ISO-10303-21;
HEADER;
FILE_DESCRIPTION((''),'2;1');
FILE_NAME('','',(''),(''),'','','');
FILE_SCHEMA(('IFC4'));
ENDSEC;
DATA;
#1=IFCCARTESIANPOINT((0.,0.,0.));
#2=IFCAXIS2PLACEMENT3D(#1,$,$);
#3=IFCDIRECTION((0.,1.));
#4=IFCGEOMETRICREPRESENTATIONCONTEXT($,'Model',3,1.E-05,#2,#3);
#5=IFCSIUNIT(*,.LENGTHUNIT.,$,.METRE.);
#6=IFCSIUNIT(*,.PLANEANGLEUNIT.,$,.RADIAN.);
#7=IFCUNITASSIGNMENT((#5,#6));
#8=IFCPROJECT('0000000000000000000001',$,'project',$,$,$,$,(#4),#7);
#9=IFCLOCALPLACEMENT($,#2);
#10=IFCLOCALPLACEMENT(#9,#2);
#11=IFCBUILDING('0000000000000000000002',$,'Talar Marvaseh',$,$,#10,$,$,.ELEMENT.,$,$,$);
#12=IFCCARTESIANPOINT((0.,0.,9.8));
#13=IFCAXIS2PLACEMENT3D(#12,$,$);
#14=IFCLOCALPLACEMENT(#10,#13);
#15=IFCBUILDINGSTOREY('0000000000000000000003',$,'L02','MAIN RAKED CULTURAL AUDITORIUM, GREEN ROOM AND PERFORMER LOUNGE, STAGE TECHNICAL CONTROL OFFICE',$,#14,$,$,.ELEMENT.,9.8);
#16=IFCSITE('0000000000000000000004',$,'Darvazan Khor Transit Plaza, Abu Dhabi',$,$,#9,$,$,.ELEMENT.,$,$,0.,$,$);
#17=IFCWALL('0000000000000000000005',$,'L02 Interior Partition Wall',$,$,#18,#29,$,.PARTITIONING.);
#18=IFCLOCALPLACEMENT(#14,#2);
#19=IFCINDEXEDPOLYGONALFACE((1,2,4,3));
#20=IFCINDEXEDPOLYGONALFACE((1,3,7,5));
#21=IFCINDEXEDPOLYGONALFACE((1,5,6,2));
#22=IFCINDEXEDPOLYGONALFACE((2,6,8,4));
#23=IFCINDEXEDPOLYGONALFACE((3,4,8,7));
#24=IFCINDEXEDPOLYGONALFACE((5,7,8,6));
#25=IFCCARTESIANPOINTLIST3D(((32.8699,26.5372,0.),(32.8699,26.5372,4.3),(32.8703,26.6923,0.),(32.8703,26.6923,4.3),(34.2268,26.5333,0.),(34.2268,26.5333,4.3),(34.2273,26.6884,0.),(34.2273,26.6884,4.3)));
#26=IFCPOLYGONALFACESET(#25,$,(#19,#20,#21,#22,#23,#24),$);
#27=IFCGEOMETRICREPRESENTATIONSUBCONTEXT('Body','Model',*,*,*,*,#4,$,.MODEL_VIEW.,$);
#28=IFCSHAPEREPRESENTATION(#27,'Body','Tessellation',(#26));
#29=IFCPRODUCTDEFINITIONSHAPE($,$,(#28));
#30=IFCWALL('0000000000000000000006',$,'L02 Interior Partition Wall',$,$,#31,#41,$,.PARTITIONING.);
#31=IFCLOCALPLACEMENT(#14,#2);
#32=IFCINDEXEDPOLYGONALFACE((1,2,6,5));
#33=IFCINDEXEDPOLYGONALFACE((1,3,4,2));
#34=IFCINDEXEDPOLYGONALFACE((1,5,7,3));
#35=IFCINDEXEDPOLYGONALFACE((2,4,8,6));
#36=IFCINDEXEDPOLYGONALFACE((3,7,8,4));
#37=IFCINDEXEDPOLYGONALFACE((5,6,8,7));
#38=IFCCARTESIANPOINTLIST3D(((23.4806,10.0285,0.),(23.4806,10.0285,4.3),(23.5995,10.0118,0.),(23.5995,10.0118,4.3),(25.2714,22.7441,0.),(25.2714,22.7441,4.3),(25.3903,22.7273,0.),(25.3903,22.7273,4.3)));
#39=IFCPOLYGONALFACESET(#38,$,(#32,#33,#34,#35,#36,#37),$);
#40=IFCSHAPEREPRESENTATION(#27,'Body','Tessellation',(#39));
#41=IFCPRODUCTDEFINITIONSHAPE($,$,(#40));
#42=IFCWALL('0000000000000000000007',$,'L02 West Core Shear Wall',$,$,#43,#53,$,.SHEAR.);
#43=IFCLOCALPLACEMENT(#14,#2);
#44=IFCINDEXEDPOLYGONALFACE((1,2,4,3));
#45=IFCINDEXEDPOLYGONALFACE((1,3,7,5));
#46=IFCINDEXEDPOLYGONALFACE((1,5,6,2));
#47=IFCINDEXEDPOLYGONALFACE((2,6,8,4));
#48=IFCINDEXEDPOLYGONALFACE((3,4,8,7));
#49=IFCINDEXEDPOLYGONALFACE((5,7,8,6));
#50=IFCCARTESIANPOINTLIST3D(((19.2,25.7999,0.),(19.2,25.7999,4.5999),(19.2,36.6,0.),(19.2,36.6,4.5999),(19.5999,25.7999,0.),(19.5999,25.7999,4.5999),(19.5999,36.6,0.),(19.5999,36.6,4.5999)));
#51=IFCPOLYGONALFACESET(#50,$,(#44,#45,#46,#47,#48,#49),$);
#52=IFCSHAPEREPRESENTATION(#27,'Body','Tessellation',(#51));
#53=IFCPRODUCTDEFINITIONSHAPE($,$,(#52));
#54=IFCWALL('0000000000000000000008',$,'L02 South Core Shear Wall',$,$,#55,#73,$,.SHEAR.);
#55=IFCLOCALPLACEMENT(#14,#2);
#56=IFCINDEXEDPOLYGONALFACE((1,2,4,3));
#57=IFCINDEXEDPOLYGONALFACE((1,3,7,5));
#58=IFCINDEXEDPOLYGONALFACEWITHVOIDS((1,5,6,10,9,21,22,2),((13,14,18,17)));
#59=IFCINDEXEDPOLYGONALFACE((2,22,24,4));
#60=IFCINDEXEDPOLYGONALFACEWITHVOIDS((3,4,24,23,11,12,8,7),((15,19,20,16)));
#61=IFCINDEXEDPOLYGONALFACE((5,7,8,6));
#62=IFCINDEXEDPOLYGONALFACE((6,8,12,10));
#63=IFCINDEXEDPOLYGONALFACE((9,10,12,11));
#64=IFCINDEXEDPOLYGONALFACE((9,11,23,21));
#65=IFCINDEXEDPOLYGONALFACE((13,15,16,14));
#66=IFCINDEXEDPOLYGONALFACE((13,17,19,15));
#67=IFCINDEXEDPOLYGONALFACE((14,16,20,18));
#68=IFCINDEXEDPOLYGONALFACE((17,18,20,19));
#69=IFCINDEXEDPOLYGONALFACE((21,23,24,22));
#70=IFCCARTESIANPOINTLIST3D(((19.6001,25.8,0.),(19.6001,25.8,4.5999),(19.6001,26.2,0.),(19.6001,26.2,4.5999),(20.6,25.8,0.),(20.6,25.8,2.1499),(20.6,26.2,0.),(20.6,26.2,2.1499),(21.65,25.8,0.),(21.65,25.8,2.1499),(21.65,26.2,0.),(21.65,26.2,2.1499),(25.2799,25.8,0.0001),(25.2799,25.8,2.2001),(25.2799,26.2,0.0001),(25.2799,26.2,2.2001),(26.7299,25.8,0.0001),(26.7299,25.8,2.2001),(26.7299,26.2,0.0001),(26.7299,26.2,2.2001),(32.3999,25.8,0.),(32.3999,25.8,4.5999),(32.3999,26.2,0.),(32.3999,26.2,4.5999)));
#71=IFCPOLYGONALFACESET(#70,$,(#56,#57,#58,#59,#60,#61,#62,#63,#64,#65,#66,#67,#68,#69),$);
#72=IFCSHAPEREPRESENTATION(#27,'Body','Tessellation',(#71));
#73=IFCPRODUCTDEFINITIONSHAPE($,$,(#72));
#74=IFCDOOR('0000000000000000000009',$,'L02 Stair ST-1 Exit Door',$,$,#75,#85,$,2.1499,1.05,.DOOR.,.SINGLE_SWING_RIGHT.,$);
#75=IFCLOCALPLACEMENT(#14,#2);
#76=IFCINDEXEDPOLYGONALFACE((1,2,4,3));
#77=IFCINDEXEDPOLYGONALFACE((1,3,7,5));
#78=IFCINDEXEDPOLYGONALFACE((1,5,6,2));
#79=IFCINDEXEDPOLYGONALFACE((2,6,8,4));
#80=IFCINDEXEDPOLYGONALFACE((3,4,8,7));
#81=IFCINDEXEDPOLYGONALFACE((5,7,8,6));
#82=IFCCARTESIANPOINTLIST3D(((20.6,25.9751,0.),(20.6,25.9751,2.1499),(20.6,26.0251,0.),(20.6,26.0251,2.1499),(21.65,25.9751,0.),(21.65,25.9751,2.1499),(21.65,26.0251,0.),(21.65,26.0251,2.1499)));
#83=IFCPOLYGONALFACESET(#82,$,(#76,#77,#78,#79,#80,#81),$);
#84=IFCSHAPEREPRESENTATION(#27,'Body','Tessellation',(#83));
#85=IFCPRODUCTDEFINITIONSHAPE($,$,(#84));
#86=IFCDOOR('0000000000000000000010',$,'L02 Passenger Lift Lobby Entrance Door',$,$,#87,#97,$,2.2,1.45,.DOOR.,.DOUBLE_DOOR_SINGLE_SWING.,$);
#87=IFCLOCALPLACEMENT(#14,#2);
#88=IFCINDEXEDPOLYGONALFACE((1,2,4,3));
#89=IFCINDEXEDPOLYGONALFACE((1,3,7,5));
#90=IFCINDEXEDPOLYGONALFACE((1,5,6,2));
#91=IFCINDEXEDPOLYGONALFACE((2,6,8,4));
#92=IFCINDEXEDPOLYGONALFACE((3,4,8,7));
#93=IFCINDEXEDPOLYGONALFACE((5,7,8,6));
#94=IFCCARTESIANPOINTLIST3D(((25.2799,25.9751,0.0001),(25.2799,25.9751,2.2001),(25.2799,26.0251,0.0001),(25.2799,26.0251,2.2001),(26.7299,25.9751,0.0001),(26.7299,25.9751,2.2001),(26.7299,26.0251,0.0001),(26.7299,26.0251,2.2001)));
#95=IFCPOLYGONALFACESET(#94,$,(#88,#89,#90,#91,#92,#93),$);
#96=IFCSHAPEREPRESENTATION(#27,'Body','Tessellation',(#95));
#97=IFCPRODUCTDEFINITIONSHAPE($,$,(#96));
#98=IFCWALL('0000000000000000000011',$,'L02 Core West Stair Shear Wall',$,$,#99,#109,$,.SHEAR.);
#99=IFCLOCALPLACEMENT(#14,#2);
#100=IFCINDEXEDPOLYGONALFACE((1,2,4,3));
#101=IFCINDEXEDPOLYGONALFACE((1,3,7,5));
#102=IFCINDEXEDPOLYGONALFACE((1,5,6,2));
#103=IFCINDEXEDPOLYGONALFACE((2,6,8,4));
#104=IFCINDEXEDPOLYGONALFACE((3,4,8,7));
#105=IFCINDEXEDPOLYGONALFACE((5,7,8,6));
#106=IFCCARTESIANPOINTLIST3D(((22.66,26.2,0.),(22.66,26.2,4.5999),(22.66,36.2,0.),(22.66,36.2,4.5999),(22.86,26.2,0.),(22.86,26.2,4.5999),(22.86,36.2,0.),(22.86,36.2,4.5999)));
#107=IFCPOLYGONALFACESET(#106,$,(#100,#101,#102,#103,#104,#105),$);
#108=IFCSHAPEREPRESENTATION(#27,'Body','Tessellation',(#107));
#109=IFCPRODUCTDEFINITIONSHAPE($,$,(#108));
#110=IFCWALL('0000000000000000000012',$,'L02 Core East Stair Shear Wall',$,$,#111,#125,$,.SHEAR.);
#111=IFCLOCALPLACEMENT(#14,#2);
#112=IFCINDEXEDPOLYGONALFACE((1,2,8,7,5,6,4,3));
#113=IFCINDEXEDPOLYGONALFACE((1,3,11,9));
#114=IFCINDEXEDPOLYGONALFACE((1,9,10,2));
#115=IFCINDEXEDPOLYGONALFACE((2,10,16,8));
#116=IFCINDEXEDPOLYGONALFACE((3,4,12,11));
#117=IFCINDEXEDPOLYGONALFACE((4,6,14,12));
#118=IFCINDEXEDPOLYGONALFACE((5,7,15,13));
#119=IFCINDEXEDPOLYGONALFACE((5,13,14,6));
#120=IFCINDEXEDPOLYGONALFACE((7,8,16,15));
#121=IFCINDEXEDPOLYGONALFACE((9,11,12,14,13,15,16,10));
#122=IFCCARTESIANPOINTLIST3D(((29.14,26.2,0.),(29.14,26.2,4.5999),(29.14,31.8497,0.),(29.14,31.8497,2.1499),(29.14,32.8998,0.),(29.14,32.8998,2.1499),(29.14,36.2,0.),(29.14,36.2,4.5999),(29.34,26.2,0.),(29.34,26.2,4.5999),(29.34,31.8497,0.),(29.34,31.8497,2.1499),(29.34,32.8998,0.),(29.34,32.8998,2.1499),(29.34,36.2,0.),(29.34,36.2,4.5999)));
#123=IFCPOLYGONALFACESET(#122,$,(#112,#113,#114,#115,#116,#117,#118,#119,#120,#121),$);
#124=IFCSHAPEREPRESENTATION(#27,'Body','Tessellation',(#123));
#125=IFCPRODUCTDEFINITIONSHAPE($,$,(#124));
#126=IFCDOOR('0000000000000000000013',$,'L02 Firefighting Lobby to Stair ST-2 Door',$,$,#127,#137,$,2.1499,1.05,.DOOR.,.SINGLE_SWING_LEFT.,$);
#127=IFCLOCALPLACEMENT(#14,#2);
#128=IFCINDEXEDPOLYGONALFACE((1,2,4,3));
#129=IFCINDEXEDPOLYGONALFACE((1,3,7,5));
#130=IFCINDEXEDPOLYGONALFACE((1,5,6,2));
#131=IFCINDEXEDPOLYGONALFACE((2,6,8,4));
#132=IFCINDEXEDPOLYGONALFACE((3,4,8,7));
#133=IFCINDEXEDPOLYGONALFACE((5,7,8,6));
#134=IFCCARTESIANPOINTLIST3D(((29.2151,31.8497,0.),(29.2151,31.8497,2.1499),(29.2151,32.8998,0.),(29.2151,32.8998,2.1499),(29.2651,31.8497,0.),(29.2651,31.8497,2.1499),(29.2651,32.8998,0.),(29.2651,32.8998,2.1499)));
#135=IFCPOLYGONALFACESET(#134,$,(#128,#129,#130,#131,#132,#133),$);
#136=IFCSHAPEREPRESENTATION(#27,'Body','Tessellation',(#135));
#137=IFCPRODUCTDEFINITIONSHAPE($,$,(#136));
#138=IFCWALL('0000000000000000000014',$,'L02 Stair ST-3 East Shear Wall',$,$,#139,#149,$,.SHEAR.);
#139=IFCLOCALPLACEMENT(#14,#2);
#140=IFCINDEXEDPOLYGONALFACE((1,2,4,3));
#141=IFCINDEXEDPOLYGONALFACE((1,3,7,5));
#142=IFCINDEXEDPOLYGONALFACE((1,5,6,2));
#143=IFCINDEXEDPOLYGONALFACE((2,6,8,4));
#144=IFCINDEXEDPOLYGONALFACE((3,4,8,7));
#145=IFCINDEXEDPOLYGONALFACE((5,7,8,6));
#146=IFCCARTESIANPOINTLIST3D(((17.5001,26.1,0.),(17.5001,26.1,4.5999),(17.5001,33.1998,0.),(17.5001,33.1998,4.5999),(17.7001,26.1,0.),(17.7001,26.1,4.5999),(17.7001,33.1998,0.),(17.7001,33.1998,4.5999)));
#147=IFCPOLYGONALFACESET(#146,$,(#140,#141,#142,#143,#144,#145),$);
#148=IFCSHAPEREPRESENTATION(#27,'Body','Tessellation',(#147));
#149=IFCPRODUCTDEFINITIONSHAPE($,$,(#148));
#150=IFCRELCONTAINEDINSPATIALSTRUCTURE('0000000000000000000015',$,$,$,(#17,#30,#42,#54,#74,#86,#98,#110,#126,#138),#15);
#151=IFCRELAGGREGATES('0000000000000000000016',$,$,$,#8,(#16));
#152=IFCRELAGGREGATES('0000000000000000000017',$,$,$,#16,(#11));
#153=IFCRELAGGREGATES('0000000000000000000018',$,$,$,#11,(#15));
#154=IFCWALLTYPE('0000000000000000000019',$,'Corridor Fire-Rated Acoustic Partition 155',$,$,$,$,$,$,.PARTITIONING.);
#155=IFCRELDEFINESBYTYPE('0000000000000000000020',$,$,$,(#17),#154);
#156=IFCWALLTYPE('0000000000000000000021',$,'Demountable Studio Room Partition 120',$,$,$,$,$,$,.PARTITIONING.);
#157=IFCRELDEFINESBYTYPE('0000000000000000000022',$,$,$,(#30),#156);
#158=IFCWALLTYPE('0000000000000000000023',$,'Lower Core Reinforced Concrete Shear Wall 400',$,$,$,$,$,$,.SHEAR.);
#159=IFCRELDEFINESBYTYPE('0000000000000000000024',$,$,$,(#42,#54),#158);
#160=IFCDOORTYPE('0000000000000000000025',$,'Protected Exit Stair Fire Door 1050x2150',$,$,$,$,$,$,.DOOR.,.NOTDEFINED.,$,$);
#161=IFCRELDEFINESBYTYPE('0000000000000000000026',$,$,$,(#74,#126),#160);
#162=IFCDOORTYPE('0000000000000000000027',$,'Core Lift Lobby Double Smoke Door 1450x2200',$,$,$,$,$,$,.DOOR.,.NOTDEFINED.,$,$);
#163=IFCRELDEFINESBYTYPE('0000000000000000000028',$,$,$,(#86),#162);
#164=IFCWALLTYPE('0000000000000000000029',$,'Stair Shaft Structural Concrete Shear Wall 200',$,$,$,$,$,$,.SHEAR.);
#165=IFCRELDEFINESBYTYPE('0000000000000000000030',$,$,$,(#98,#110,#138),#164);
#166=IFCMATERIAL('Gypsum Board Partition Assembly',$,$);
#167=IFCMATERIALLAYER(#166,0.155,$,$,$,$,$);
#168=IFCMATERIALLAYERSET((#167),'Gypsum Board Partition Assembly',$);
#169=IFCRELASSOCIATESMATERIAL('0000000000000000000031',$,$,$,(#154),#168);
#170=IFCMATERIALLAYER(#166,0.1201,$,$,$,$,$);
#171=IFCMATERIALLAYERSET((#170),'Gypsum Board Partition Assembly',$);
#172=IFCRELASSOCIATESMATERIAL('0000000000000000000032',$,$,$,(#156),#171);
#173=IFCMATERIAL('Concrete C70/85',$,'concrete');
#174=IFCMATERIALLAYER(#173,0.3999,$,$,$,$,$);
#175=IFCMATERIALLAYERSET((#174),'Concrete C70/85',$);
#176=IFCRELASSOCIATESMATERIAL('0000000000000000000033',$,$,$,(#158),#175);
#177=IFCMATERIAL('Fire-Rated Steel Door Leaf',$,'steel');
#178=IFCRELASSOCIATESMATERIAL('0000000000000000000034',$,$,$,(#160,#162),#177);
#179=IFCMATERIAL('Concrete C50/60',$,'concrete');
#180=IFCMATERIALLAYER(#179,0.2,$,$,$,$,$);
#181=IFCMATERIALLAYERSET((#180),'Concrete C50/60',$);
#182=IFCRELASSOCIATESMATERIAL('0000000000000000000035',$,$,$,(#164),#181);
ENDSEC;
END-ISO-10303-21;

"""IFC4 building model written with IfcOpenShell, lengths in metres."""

from ifc_helpers import new_model, si_unit, direction, frame, frame_2d, origin, place, context, subcontext, project, spatial, rectangle, extrude, source, transform, mapped, material, layer, layer_set, type_object, type_shapes, element, fill, save


model = new_model("IFC4")

# Units and contexts
model_context = context("Model", 3, precision=1e-05, world=origin(), true_north=direction((0.0, 1.0)))
body_context = subcontext(model_context, "Body", "Model", "MODEL_VIEW")
ifc_project = project(units=[si_unit("LENGTHUNIT", "METRE"), si_unit("PLANEANGLEUNIT", "RADIAN")], contexts=[model_context])

# Site, building, storey
site_placement = place(None, origin())
site = spatial("IfcSite", under=ifc_project, at=site_placement, Name="Darvazan Khor Transit Plaza, Abu Dhabi", CompositionType="ELEMENT", RefElevation=0.0)
building_placement = place(site_placement, origin())
building = spatial("IfcBuilding", under=site, at=building_placement, Name="Talar Marvaseh", CompositionType="ELEMENT")
storey_placement = place(building_placement, frame((0.0, 0.0, 9.8)))
storey = spatial("IfcBuildingStorey", under=building, at=storey_placement, Name="L02", Description="MAIN RAKED CULTURAL AUDITORIUM, GREEN ROOM AND PERFORMER LOUNGE, STAGE TECHNICAL CONTROL OFFICE", CompositionType="ELEMENT", Elevation=9.8)

# Shared definitions
ifc_material_1 = material(Name="Concrete C70/85", Category="concrete")

# Shared definitions
ifc_material_2 = material(Name="Gypsum Board Partition Assembly")
ifc_layer_1 = layer(ifc_material_2, 0.155)
ifc_layer_set_1 = layer_set([ifc_layer_1], Name="Gypsum Board Partition Assembly")
wall_type_1 = type_object("IfcWallType", Name="Corridor Fire-Rated Acoustic Partition 155", PredefinedType="PARTITIONING", material=ifc_layer_set_1)

# Walls
wall_1_placement = place(storey_placement, frame((34.2271, 26.6108, 0.0), z_axis=(0.0, 0.0, 1.0), x_axis=(-0.999996, 0.002879, 0.0)))
element("IfcWall", 1, at=wall_1_placement, inside=storey, type_object=wall_type_1, Name="L02 Interior Partition Wall", PredefinedType="PARTITIONING", context=body_context, shape_type="SweptSolid", body=[
    extrude(rectangle(XDim=1.3569, YDim=0.155, at=frame_2d((0.6785, 0.0))), origin(), (0.0, 0.0, 1.0), 4.3),
])
ifc_layer_2 = layer(ifc_material_2, 0.1201)
ifc_layer_set_2 = layer_set([ifc_layer_2], Name="Gypsum Board Partition Assembly")
wall_type_2 = type_object("IfcWallType", Name="Demountable Studio Room Partition 120", PredefinedType="PARTITIONING", material=ifc_layer_set_2)
wall_2_placement = place(storey_placement, frame((25.3308, 22.7356, 0.0), z_axis=(0.0, 0.0, 1.0), x_axis=(-0.139457, -0.990228, 0.0)))
element("IfcWall", 2, at=wall_2_placement, inside=storey, type_object=wall_type_2, Name="L02 Interior Partition Wall", PredefinedType="PARTITIONING", context=body_context, shape_type="SweptSolid", body=[
    extrude(rectangle(XDim=12.8411, YDim=0.1201, at=frame_2d((6.4204, 0.0))), origin(), (0.0, 0.0, 1.0), 4.3),
])
ifc_layer_3 = layer(ifc_material_1, 0.3999)
ifc_layer_set_3 = layer_set([ifc_layer_3], Name="Concrete C70/85")
wall_type_3 = type_object("IfcWallType", Name="Lower Core Reinforced Concrete Shear Wall 400", PredefinedType="SHEAR", material=ifc_layer_set_3)
wall_3_placement = place(storey_placement, frame((19.3999, 25.8, 0.0), z_axis=(0.0, 0.0, 1.0), x_axis=(0.0, 1.0, 0.0)))
element("IfcWall", 3, at=wall_3_placement, inside=storey, type_object=wall_type_3, Name="L02 West Core Shear Wall", PredefinedType="SHEAR", context=body_context, shape_type="SweptSolid", body=[
    extrude(rectangle(XDim=10.8, YDim=0.3999, at=frame_2d((5.3999, 0.0))), origin(), (0.0, 0.0, 1.0), 4.5999),
])

# Wall, openings, doors
wall_4_placement = place(storey_placement, frame((32.3999, 26.0, 0.0), z_axis=(0.0, 0.0, 1.0), x_axis=(-1.0, 0.0, 0.0)))
wall_4 = element("IfcWall", 4, at=wall_4_placement, inside=storey, type_object=wall_type_3, Name="L02 South Core Shear Wall", PredefinedType="SHEAR", context=body_context, shape_type="SweptSolid", body=[
    extrude(rectangle(XDim=12.7998, YDim=0.3999, at=frame_2d((6.3999, 0.0))), origin(), (0.0, 0.0, 1.0), 4.5999),
])
opening_1_placement = place(wall_4_placement, frame((10.75, 0.0, 0.0)))
opening_1 = element("IfcOpeningElement", 5, at=opening_1_placement, cuts=wall_4, PredefinedType="OPENING", context=body_context, shape_type="SweptSolid", body=[
    extrude(rectangle(XDim=1.05, YDim=2.1499, at=frame_2d((0.5249, 1.075))), frame((0.0, 0.21, 0.0), z_axis=(0.0, -1.0, 0.0), x_axis=(1.0, 0.0, 0.0)), (0.0, 0.0, 1.0), 0.4199),
])
opening_2_placement = place(wall_4_placement, frame((5.6699, 0.0, 0.0)))
opening_2 = element("IfcOpeningElement", 6, at=opening_2_placement, cuts=wall_4, PredefinedType="OPENING", context=body_context, shape_type="SweptSolid", body=[
    extrude(rectangle(XDim=1.45, YDim=2.2, at=frame_2d((0.7251, 1.1001))), frame((0.0, 0.21, 0.0), z_axis=(0.0, -1.0, 0.0), x_axis=(1.0, 0.0, 0.0)), (0.0, 0.0, 1.0), 0.4199),
])
ifc_material_3 = material(Name="Fire-Rated Steel Door Leaf", Category="steel")
door_type_1 = type_object("IfcDoorType", Name="Protected Exit Stair Fire Door 1050x2150", OperationType="NOTDEFINED", PredefinedType="DOOR", material=ifc_material_3)
shared_shape_1 = source(origin(), body_context, "Body", "SweptSolid", [
    extrude(rectangle(XDim=1.05, YDim=2.1499, at=frame_2d((0.5249, 1.075))), frame((0.0, 0.0249, 0.0), z_axis=(0.0, -1.0, 0.0), x_axis=(1.0, 0.0, 0.0)), (0.0, 0.0, 1.0), 0.05),
])
type_shapes(door_type_1, [shared_shape_1])
door_1_placement = place(opening_1_placement, origin())
door_1 = element("IfcDoor", 7, at=door_1_placement, inside=storey, type_object=door_type_1, Name="L02 Stair ST-1 Exit Door", OperationType="SINGLE_SWING_RIGHT", OverallHeight=2.1499, OverallWidth=1.05, PredefinedType="DOOR", context=body_context, shape_type="MappedRepresentation", body=[
    mapped(shared_shape_1, transform((0.0, 0.0, 0.0), x_axis=(1.0, 0.0, 0.0), y_axis=(0.0, 1.0, 0.0), z_axis=(0.0, 0.0, 1.0), scale=1.0)),
])
fill(opening_1, door_1)
door_type_2 = type_object("IfcDoorType", Name="Core Lift Lobby Double Smoke Door 1450x2200", OperationType="NOTDEFINED", PredefinedType="DOOR", material=ifc_material_3)
shared_shape_2 = source(origin(), body_context, "Body", "SweptSolid", [
    extrude(rectangle(XDim=1.45, YDim=2.2, at=frame_2d((0.7251, 1.1001))), frame((0.0, 0.0249, 0.0), z_axis=(0.0, -1.0, 0.0), x_axis=(1.0, 0.0, 0.0)), (0.0, 0.0, 1.0), 0.05),
])
type_shapes(door_type_2, [shared_shape_2])
door_2_placement = place(opening_2_placement, origin())
door_2 = element("IfcDoor", 8, at=door_2_placement, inside=storey, type_object=door_type_2, Name="L02 Passenger Lift Lobby Entrance Door", OperationType="DOUBLE_DOOR_SINGLE_SWING", OverallHeight=2.2, OverallWidth=1.45, PredefinedType="DOOR", context=body_context, shape_type="MappedRepresentation", body=[
    mapped(shared_shape_2, transform((0.0, 0.0, 0.0), x_axis=(1.0, 0.0, 0.0), y_axis=(0.0, 1.0, 0.0), z_axis=(0.0, 0.0, 1.0), scale=1.0)),
])
fill(opening_2, door_2)

# Wall
ifc_material_4 = material(Name="Concrete C50/60", Category="concrete")
ifc_layer_4 = layer(ifc_material_4, 0.2)
ifc_layer_set_4 = layer_set([ifc_layer_4], Name="Concrete C50/60")
wall_type_4 = type_object("IfcWallType", Name="Stair Shaft Structural Concrete Shear Wall 200", PredefinedType="SHEAR", material=ifc_layer_set_4)
wall_5_placement = place(storey_placement, frame((22.76, 26.2, 0.0), z_axis=(0.0, 0.0, 1.0), x_axis=(0.0, 1.0, 0.0)))
element("IfcWall", 9, at=wall_5_placement, inside=storey, type_object=wall_type_4, Name="L02 Core West Stair Shear Wall", PredefinedType="SHEAR", context=body_context, shape_type="SweptSolid", body=[
    extrude(rectangle(XDim=10.0, YDim=0.2, at=frame_2d((5.0, 0.0))), origin(), (0.0, 0.0, 1.0), 4.5999),
])

# Wall, opening, door
wall_6_placement = place(storey_placement, frame((29.24, 26.2, 0.0), z_axis=(0.0, 0.0, 1.0), x_axis=(0.0, 1.0, 0.0)))
wall_6 = element("IfcWall", 10, at=wall_6_placement, inside=storey, type_object=wall_type_4, Name="L02 Core East Stair Shear Wall", PredefinedType="SHEAR", context=body_context, shape_type="SweptSolid", body=[
    extrude(rectangle(XDim=10.0, YDim=0.2, at=frame_2d((5.0, 0.0))), origin(), (0.0, 0.0, 1.0), 4.5999),
])
opening_3_placement = place(wall_6_placement, frame((5.6499, 0.0, 0.0)))
opening_3 = element("IfcOpeningElement", 11, at=opening_3_placement, cuts=wall_6, PredefinedType="OPENING", context=body_context, shape_type="SweptSolid", body=[
    extrude(rectangle(XDim=1.05, YDim=2.1499, at=frame_2d((0.5249, 1.075))), frame((0.0, 0.1099, 0.0), z_axis=(0.0, -1.0, 0.0), x_axis=(1.0, 0.0, 0.0)), (0.0, 0.0, 1.0), 0.22),
])
door_3_placement = place(opening_3_placement, origin())
door_3 = element("IfcDoor", 12, at=door_3_placement, inside=storey, type_object=door_type_1, Name="L02 Firefighting Lobby to Stair ST-2 Door", OperationType="SINGLE_SWING_LEFT", OverallHeight=2.1499, OverallWidth=1.05, PredefinedType="DOOR", context=body_context, shape_type="MappedRepresentation", body=[
    mapped(shared_shape_1, transform((0.0, 0.0, 0.0), x_axis=(1.0, 0.0, 0.0), y_axis=(0.0, 1.0, 0.0), z_axis=(0.0, 0.0, 1.0), scale=1.0)),
])
fill(opening_3, door_3)

# Wall
wall_7_placement = place(storey_placement, frame((17.6001, 26.1001, 0.0), z_axis=(0.0, 0.0, 1.0), x_axis=(0.0, 1.0, 0.0)))
element("IfcWall", 13, at=wall_7_placement, inside=storey, type_object=wall_type_4, Name="L02 Stair ST-3 East Shear Wall", PredefinedType="SHEAR", context=body_context, shape_type="SweptSolid", body=[
    extrude(rectangle(XDim=7.0999, YDim=0.2, at=frame_2d((3.5498, 0.0))), origin(), (0.0, 0.0, 1.0), 4.5999),
])

save(model, "model.ifc")
